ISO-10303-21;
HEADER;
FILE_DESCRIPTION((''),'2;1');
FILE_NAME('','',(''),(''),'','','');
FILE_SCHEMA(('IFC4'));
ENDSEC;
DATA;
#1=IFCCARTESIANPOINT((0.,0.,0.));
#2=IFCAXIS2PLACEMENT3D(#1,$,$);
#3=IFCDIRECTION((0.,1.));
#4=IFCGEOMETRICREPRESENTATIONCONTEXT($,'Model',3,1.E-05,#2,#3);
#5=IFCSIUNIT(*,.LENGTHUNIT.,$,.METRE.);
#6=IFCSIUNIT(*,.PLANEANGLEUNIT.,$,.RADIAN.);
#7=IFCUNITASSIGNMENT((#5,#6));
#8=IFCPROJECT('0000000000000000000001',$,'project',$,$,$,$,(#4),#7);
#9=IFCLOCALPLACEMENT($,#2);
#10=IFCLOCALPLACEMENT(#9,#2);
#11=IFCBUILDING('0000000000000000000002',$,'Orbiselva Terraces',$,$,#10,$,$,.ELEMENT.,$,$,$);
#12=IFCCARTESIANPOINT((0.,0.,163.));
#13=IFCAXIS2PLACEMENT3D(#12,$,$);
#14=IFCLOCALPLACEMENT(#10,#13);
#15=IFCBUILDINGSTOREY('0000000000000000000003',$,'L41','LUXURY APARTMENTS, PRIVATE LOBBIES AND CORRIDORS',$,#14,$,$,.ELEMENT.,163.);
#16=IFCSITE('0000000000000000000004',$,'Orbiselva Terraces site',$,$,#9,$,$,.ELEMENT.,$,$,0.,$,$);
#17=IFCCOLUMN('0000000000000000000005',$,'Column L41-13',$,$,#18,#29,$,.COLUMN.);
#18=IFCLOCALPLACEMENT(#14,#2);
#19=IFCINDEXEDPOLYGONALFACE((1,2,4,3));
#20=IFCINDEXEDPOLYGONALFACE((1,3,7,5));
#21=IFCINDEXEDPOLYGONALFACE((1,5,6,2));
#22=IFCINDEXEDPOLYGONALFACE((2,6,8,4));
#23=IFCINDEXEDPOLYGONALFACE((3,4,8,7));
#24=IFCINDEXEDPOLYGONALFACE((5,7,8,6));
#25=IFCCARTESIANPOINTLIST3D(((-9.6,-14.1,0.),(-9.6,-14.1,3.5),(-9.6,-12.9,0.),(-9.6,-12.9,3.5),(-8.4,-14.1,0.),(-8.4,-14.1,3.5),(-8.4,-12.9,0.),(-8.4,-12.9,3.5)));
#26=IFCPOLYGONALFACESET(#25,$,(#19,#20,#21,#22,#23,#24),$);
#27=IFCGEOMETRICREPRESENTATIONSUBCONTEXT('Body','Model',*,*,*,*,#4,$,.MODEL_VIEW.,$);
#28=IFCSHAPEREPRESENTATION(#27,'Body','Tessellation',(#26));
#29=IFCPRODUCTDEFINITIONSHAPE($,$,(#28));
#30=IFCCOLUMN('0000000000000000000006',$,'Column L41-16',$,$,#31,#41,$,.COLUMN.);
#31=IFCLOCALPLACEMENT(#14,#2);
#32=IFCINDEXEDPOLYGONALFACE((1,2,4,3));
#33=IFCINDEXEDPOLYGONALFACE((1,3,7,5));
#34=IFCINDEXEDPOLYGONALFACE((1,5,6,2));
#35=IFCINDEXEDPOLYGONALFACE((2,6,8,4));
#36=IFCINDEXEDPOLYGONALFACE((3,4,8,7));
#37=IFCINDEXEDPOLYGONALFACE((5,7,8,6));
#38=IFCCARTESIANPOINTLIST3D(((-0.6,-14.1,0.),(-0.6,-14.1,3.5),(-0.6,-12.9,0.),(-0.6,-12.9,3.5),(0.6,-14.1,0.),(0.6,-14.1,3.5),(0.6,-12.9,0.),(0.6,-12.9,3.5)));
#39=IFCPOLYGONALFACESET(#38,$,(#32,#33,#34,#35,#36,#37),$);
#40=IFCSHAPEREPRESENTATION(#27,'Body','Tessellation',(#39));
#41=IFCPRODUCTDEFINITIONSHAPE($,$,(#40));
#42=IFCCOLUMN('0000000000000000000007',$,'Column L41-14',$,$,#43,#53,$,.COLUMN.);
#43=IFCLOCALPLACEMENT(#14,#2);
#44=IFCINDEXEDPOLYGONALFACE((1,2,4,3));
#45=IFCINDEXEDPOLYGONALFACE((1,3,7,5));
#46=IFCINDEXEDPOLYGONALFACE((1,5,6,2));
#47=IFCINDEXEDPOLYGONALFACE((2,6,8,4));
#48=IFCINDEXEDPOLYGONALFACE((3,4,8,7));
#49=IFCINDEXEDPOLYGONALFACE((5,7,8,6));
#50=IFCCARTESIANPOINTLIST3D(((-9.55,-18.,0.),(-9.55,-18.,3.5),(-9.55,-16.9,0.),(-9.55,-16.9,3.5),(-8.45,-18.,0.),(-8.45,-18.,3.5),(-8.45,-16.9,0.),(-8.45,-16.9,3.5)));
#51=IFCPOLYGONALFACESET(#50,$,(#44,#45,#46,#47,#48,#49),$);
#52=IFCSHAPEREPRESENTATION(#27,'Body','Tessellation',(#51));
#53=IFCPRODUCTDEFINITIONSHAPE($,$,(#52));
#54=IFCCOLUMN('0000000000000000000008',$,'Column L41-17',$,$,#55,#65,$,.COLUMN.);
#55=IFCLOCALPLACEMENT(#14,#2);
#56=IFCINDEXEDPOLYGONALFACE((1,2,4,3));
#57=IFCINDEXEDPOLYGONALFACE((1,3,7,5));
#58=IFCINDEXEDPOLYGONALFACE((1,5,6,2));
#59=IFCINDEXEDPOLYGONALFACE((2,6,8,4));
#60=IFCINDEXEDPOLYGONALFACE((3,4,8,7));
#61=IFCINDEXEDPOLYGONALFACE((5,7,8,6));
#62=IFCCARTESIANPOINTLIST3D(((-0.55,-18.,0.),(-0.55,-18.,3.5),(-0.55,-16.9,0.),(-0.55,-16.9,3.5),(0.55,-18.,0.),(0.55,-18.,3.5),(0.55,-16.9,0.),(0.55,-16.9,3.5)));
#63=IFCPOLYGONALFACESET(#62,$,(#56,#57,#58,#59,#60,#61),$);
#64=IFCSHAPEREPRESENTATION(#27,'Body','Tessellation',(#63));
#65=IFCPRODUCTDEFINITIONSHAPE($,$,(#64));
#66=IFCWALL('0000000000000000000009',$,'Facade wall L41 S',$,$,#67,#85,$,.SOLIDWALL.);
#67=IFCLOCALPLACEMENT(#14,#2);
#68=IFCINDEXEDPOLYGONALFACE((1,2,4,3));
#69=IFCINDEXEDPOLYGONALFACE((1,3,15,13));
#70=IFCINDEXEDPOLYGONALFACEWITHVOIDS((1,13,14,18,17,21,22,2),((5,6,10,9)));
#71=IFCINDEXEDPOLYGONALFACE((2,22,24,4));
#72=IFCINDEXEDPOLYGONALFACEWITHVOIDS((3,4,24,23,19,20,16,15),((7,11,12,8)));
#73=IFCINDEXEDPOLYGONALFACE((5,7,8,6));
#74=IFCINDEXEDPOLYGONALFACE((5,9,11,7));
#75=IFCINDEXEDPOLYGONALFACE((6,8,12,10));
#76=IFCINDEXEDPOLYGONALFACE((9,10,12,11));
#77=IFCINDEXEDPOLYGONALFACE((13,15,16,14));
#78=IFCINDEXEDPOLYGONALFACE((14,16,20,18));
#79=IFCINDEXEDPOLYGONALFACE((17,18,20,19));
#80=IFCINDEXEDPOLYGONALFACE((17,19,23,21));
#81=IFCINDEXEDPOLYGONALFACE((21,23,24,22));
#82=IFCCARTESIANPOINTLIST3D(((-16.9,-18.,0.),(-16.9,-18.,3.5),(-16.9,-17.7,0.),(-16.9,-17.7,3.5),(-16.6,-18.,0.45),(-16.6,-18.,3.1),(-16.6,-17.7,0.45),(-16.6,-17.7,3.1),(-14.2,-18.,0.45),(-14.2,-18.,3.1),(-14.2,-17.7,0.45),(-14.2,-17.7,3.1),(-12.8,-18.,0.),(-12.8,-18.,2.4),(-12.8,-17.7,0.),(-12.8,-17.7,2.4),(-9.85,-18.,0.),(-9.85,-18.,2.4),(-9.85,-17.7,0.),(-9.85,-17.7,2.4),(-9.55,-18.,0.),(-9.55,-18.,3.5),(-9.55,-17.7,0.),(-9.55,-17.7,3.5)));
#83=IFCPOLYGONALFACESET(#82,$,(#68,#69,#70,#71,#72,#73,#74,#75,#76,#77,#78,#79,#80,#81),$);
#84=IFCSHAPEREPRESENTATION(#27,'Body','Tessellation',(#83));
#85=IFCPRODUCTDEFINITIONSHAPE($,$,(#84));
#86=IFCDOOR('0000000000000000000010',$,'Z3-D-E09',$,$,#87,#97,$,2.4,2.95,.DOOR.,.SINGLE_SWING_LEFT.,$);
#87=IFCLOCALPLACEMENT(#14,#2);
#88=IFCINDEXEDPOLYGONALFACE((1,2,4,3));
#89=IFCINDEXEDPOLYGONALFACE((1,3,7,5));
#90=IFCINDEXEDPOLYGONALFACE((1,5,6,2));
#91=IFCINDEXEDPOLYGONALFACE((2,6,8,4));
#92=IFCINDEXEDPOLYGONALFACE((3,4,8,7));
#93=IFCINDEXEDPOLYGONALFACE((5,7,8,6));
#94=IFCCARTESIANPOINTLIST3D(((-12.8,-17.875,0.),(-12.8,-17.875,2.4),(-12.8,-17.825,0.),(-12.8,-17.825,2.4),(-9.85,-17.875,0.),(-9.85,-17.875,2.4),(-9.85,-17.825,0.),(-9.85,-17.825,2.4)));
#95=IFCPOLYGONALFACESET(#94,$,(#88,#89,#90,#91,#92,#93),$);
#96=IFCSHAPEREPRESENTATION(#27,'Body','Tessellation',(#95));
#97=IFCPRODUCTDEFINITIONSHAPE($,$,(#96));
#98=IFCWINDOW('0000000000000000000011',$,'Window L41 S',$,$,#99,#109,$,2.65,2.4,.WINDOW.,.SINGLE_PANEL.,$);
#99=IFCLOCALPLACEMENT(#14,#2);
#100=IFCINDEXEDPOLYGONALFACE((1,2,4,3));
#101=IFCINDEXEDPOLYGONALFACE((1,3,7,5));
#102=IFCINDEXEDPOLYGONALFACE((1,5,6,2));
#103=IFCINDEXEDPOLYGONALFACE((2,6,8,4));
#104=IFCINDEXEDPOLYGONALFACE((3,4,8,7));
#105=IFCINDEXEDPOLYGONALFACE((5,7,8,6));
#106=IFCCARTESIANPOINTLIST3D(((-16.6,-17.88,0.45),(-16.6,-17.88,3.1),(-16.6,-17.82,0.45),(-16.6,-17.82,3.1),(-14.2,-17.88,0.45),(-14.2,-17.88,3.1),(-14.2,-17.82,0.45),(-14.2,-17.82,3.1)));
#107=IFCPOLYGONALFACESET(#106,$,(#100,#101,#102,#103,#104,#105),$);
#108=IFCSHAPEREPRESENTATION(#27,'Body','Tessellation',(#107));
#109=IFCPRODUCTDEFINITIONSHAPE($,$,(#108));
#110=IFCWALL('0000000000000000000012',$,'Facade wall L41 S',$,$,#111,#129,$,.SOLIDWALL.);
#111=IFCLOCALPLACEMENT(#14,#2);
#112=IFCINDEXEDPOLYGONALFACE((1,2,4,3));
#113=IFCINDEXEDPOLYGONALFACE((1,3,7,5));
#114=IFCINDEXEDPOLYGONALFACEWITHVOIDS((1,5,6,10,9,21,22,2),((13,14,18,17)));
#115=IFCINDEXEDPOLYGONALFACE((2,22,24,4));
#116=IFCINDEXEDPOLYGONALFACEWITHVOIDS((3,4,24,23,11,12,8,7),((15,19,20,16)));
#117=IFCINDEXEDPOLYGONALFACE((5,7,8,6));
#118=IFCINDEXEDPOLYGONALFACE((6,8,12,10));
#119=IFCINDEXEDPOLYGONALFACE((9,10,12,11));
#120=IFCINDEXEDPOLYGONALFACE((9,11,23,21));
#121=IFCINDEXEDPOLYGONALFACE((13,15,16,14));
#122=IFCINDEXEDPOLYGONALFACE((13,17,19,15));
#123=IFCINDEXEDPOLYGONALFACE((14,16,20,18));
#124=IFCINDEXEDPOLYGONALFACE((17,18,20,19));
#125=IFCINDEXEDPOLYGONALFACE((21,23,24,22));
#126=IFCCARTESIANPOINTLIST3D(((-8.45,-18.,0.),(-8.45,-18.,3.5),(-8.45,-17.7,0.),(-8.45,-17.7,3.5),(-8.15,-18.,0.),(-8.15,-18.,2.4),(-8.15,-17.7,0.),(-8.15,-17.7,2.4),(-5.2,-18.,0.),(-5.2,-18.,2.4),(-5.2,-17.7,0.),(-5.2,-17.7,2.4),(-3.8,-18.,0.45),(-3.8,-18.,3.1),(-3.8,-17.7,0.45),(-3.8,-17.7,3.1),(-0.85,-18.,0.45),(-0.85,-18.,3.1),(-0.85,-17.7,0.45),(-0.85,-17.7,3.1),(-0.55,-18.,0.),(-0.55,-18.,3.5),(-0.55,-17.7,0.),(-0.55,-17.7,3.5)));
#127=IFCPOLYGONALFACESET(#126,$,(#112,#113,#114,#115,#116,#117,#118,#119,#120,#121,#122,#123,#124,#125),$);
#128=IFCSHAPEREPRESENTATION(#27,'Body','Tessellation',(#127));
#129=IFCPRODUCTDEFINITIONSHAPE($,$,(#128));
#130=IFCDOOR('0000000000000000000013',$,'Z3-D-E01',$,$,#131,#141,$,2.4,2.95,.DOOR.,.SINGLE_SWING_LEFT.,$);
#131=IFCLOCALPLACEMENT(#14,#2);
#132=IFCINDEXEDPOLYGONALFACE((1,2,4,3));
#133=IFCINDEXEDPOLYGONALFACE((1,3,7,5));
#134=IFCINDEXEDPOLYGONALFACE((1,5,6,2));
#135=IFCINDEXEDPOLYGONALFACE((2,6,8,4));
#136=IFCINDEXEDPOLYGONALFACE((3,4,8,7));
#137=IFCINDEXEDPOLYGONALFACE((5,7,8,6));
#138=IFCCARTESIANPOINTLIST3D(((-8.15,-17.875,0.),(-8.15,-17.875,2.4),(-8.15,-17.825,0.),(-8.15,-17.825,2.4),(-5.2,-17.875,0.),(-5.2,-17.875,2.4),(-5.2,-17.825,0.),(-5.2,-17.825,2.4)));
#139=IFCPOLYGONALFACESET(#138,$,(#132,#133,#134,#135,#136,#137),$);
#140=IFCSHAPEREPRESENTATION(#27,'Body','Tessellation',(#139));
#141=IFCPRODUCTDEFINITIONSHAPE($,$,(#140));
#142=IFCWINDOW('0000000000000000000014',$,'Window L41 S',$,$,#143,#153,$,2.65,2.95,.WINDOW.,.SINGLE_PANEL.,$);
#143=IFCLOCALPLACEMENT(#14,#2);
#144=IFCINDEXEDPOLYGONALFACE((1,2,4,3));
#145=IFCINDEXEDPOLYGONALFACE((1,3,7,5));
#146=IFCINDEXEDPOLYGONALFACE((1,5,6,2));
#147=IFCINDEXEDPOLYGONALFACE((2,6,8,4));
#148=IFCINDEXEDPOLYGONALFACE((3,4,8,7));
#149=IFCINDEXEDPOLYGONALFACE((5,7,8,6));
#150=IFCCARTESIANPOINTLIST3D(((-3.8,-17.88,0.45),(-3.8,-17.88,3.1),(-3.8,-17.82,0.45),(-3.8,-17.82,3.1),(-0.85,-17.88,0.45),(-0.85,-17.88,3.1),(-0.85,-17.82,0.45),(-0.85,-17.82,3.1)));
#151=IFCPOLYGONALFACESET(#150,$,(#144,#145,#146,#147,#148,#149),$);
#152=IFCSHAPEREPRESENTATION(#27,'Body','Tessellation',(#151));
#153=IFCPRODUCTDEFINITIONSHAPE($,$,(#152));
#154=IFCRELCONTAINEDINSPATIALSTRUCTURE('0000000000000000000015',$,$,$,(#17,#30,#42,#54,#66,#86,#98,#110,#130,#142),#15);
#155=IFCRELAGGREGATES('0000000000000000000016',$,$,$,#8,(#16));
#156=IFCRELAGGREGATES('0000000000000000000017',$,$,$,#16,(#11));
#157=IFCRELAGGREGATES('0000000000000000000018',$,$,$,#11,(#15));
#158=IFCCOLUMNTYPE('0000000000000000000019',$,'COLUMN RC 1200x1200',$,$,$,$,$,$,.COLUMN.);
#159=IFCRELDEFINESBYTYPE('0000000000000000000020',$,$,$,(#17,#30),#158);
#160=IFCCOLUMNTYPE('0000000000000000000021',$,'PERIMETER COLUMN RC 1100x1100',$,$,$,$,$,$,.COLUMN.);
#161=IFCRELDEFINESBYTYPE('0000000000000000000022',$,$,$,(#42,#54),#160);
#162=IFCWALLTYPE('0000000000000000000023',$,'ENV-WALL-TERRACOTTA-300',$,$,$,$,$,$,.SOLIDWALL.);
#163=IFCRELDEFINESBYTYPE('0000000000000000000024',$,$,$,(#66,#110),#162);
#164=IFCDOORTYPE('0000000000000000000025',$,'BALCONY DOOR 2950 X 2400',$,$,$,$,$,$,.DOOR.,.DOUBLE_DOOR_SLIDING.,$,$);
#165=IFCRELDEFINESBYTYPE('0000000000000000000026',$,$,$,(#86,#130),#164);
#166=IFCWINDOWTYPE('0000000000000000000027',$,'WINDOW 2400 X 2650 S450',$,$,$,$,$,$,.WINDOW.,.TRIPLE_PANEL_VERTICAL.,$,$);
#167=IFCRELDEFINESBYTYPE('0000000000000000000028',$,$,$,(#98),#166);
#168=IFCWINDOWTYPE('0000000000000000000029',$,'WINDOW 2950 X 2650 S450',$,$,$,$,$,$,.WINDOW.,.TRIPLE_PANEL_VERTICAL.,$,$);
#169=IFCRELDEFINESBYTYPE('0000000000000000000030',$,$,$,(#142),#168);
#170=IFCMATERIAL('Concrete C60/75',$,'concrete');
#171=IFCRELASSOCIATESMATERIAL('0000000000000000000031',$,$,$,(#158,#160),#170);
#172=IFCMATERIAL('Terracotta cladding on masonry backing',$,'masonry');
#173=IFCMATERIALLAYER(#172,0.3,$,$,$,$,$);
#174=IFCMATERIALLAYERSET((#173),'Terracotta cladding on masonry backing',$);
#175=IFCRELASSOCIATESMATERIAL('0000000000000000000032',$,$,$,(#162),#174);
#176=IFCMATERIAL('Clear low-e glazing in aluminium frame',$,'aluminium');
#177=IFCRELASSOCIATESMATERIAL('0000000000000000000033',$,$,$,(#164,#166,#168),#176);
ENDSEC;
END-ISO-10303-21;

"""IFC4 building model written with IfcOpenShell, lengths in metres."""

from ifc_helpers import new_model, si_unit, direction, frame, frame_2d, origin, origin_2d, place, context, subcontext, project, spatial, rectangle, extrude, material, layer, layer_set, material_profile, profile_set, type_object, element, fill, save


model = new_model("IFC4")

# Units and contexts
model_context = context("Model", 3, precision=1e-05, world=origin(), true_north=direction((0.0, 1.0)))
body_context = subcontext(model_context, "Body", "Model", "MODEL_VIEW")
ifc_project = project(units=[si_unit("LENGTHUNIT", "METRE"), si_unit("PLANEANGLEUNIT", "RADIAN")], contexts=[model_context])

# Site, building, storey
site_placement = place(None, origin())
site = spatial("IfcSite", under=ifc_project, at=site_placement, Name="Orbiselva Terraces site", CompositionType="ELEMENT", RefElevation=0.0)
building_placement = place(site_placement, origin())
building = spatial("IfcBuilding", under=site, at=building_placement, Name="Orbiselva Terraces", CompositionType="ELEMENT")
storey_placement = place(building_placement, frame((0.0, 0.0, 163.0)))
storey = spatial("IfcBuildingStorey", under=building, at=storey_placement, Name="L41", Description="LUXURY APARTMENTS, PRIVATE LOBBIES AND CORRIDORS", CompositionType="ELEMENT", Elevation=163.0)

# Columns
ifc_material_1 = material(Name="Concrete C60/75", Category="concrete")
ifc_material_profile_1 = material_profile(ifc_material_1, rectangle(XDim=1.2, YDim=1.2, at=origin_2d()), Name="RC 1200x1200")
ifc_profile_set_1 = profile_set([ifc_material_profile_1], Name="Concrete C60/75")
column_type_1 = type_object("IfcColumnType", Name="COLUMN RC 1200x1200", PredefinedType="COLUMN", material=ifc_profile_set_1)
for number, where, z_axis, x_axis, name in (
    (1, (-9.0, -13.5, 0.0), (0.0, 0.0, 1.0), (1.0, 0.0, 0.0), "Column L41-13"),
    (2, (0.0, -13.5, 0.0), (0.0, 0.0, 1.0), (1.0, 0.0, 0.0), "Column L41-16"),
):
    element("IfcColumn", number, at=place(storey_placement, frame(where, z_axis=z_axis, x_axis=x_axis)), inside=storey, type_object=column_type_1, Name=name, PredefinedType="COLUMN", context=body_context, shape_type="SweptSolid", body=[
        extrude(rectangle(XDim=1.2, YDim=1.2, at=origin_2d()), origin(), (0.0, 0.0, 1.0), 3.5),
    ])
ifc_material_profile_2 = material_profile(ifc_material_1, rectangle(XDim=1.1, YDim=1.1, at=origin_2d()), Name="RC 1100x1100")
ifc_profile_set_2 = profile_set([ifc_material_profile_2], Name="Concrete C60/75")
column_type_2 = type_object("IfcColumnType", Name="PERIMETER COLUMN RC 1100x1100", PredefinedType="COLUMN", material=ifc_profile_set_2)
for number, where, z_axis, x_axis, name in (
    (3, (-9.0, -17.45, 0.0), (0.0, 0.0, 1.0), (1.0, 0.0, 0.0), "Column L41-14"),
    (4, (0.0, -17.45, 0.0), (0.0, 0.0, 1.0), (1.0, 0.0, 0.0), "Column L41-17"),
):
    element("IfcColumn", number, at=place(storey_placement, frame(where, z_axis=z_axis, x_axis=x_axis)), inside=storey, type_object=column_type_2, Name=name, PredefinedType="COLUMN", context=body_context, shape_type="SweptSolid", body=[
        extrude(rectangle(XDim=1.1, YDim=1.1, at=origin_2d()), origin(), (0.0, 0.0, 1.0), 3.5),
    ])

# Walls, openings, doors, windows
ifc_material_2 = material(Name="Terracotta cladding on masonry backing", Category="masonry")
ifc_layer_1 = layer(ifc_material_2, 0.3)
ifc_layer_set_1 = layer_set([ifc_layer_1], Name="Terracotta cladding on masonry backing")
wall_type_1 = type_object("IfcWallType", Name="ENV-WALL-TERRACOTTA-300", PredefinedType="SOLIDWALL", material=ifc_layer_set_1)
wall_1_placement = place(storey_placement, frame((-9.55, -17.85, 0.0), z_axis=(0.0, 0.0, 1.0), x_axis=(-1.0, 0.0, 0.0)))
wall_1 = element("IfcWall", 5, at=wall_1_placement, inside=storey, type_object=wall_type_1, Name="Facade wall L41 S", PredefinedType="SOLIDWALL", context=body_context, shape_type="SweptSolid", body=[
    extrude(rectangle(XDim=7.35, YDim=0.3, at=frame_2d((3.675, 0.0))), origin(), (0.0, 0.0, 1.0), 3.5),
])
opening_1_placement = place(wall_1_placement, frame((4.65, 0.0, 0.45)))
opening_1 = element("IfcOpeningElement", 6, at=opening_1_placement, cuts=wall_1, PredefinedType="OPENING", context=body_context, shape_type="SweptSolid", body=[
    extrude(rectangle(XDim=2.4, YDim=2.65, at=frame_2d((1.2, 1.325))), frame((0.0, 0.16, 0.0), z_axis=(0.0, -1.0, 0.0), x_axis=(1.0, 0.0, 0.0)), (0.0, 0.0, 1.0), 0.32),
])
opening_2_placement = place(wall_1_placement, frame((0.3, 0.0, 0.0)))
opening_2 = element("IfcOpeningElement", 7, at=opening_2_placement, cuts=wall_1, PredefinedType="OPENING", context=body_context, shape_type="SweptSolid", body=[
    extrude(rectangle(XDim=2.95, YDim=2.4, at=frame_2d((1.475, 1.2))), frame((0.0, 0.16, 0.0), z_axis=(0.0, -1.0, 0.0), x_axis=(1.0, 0.0, 0.0)), (0.0, 0.0, 1.0), 0.32),
])
ifc_material_3 = material(Name="Clear low-e glazing in aluminium frame", Category="aluminium")
door_type_1 = type_object("IfcDoorType", Name="BALCONY DOOR 2950 X 2400", OperationType="DOUBLE_DOOR_SLIDING", PredefinedType="DOOR", material=ifc_material_3)
door_1_placement = place(opening_2_placement, origin())
door_1 = element("IfcDoor", 8, at=door_1_placement, inside=storey, type_object=door_type_1, Name="Z3-D-E09", OperationType="SINGLE_SWING_LEFT", OverallHeight=2.4, OverallWidth=2.95, PredefinedType="DOOR", context=body_context, shape_type="SweptSolid", body=[
    extrude(rectangle(XDim=2.95, YDim=2.4, at=frame_2d((1.475, 1.2))), frame((0.0, 0.025, 0.0), z_axis=(0.0, -1.0, 0.0), x_axis=(1.0, 0.0, 0.0)), (0.0, 0.0, 1.0), 0.05),
])
fill(opening_2, door_1)
window_type_1 = type_object("IfcWindowType", Name="WINDOW 2400 X 2650 S450", PartitioningType="TRIPLE_PANEL_VERTICAL", PredefinedType="WINDOW", material=ifc_material_3)
window_1_placement = place(opening_1_placement, origin())
window_1 = element("IfcWindow", 9, at=window_1_placement, inside=storey, type_object=window_type_1, Name="Window L41 S", OverallHeight=2.65, OverallWidth=2.4, PartitioningType="SINGLE_PANEL", PredefinedType="WINDOW", context=body_context, shape_type="SweptSolid", body=[
    extrude(rectangle(XDim=2.4, YDim=2.65, at=frame_2d((1.2, 1.325))), frame((0.0, 0.03, 0.0), z_axis=(0.0, -1.0, 0.0), x_axis=(1.0, 0.0, 0.0)), (0.0, 0.0, 1.0), 0.06),
])
fill(opening_1, window_1)
wall_2_placement = place(storey_placement, frame((-0.55, -17.85, 0.0), z_axis=(0.0, 0.0, 1.0), x_axis=(-1.0, 0.0, 0.0)))
wall_2 = element("IfcWall", 10, at=wall_2_placement, inside=storey, type_object=wall_type_1, Name="Facade wall L41 S", PredefinedType="SOLIDWALL", context=body_context, shape_type="SweptSolid", body=[
    extrude(rectangle(XDim=7.9, YDim=0.3, at=frame_2d((3.95, 0.0))), origin(), (0.0, 0.0, 1.0), 3.5),
])
opening_3_placement = place(wall_2_placement, frame((4.65, 0.0, 0.0)))
opening_3 = element("IfcOpeningElement", 11, at=opening_3_placement, cuts=wall_2, PredefinedType="OPENING", context=body_context, shape_type="SweptSolid", body=[
    extrude(rectangle(XDim=2.95, YDim=2.4, at=frame_2d((1.475, 1.2))), frame((0.0, 0.16, 0.0), z_axis=(0.0, -1.0, 0.0), x_axis=(1.0, 0.0, 0.0)), (0.0, 0.0, 1.0), 0.32),
])
opening_4_placement = place(wall_2_placement, frame((0.3, 0.0, 0.45)))
opening_4 = element("IfcOpeningElement", 12, at=opening_4_placement, cuts=wall_2, PredefinedType="OPENING", context=body_context, shape_type="SweptSolid", body=[
    extrude(rectangle(XDim=2.95, YDim=2.65, at=frame_2d((1.475, 1.325))), frame((0.0, 0.16, 0.0), z_axis=(0.0, -1.0, 0.0), x_axis=(1.0, 0.0, 0.0)), (0.0, 0.0, 1.0), 0.32),
])
door_2_placement = place(opening_3_placement, origin())
door_2 = element("IfcDoor", 13, at=door_2_placement, inside=storey, type_object=door_type_1, Name="Z3-D-E01", OperationType="SINGLE_SWING_LEFT", OverallHeight=2.4, OverallWidth=2.95, PredefinedType="DOOR", context=body_context, shape_type="SweptSolid", body=[
    extrude(rectangle(XDim=2.95, YDim=2.4, at=frame_2d((1.475, 1.2))), frame((0.0, 0.025, 0.0), z_axis=(0.0, -1.0, 0.0), x_axis=(1.0, 0.0, 0.0)), (0.0, 0.0, 1.0), 0.05),
])
fill(opening_3, door_2)
window_type_2 = type_object("IfcWindowType", Name="WINDOW 2950 X 2650 S450", PartitioningType="TRIPLE_PANEL_VERTICAL", PredefinedType="WINDOW", material=ifc_material_3)
window_2_placement = place(opening_4_placement, origin())
window_2 = element("IfcWindow", 14, at=window_2_placement, inside=storey, type_object=window_type_2, Name="Window L41 S", OverallHeight=2.65, OverallWidth=2.95, PartitioningType="SINGLE_PANEL", PredefinedType="WINDOW", context=body_context, shape_type="SweptSolid", body=[
    extrude(rectangle(XDim=2.95, YDim=2.65, at=frame_2d((1.475, 1.325))), frame((0.0, 0.03, 0.0), z_axis=(0.0, -1.0, 0.0), x_axis=(1.0, 0.0, 0.0)), (0.0, 0.0, 1.0), 0.06),
])
fill(opening_4, window_2)

save(model, "model.ifc")
